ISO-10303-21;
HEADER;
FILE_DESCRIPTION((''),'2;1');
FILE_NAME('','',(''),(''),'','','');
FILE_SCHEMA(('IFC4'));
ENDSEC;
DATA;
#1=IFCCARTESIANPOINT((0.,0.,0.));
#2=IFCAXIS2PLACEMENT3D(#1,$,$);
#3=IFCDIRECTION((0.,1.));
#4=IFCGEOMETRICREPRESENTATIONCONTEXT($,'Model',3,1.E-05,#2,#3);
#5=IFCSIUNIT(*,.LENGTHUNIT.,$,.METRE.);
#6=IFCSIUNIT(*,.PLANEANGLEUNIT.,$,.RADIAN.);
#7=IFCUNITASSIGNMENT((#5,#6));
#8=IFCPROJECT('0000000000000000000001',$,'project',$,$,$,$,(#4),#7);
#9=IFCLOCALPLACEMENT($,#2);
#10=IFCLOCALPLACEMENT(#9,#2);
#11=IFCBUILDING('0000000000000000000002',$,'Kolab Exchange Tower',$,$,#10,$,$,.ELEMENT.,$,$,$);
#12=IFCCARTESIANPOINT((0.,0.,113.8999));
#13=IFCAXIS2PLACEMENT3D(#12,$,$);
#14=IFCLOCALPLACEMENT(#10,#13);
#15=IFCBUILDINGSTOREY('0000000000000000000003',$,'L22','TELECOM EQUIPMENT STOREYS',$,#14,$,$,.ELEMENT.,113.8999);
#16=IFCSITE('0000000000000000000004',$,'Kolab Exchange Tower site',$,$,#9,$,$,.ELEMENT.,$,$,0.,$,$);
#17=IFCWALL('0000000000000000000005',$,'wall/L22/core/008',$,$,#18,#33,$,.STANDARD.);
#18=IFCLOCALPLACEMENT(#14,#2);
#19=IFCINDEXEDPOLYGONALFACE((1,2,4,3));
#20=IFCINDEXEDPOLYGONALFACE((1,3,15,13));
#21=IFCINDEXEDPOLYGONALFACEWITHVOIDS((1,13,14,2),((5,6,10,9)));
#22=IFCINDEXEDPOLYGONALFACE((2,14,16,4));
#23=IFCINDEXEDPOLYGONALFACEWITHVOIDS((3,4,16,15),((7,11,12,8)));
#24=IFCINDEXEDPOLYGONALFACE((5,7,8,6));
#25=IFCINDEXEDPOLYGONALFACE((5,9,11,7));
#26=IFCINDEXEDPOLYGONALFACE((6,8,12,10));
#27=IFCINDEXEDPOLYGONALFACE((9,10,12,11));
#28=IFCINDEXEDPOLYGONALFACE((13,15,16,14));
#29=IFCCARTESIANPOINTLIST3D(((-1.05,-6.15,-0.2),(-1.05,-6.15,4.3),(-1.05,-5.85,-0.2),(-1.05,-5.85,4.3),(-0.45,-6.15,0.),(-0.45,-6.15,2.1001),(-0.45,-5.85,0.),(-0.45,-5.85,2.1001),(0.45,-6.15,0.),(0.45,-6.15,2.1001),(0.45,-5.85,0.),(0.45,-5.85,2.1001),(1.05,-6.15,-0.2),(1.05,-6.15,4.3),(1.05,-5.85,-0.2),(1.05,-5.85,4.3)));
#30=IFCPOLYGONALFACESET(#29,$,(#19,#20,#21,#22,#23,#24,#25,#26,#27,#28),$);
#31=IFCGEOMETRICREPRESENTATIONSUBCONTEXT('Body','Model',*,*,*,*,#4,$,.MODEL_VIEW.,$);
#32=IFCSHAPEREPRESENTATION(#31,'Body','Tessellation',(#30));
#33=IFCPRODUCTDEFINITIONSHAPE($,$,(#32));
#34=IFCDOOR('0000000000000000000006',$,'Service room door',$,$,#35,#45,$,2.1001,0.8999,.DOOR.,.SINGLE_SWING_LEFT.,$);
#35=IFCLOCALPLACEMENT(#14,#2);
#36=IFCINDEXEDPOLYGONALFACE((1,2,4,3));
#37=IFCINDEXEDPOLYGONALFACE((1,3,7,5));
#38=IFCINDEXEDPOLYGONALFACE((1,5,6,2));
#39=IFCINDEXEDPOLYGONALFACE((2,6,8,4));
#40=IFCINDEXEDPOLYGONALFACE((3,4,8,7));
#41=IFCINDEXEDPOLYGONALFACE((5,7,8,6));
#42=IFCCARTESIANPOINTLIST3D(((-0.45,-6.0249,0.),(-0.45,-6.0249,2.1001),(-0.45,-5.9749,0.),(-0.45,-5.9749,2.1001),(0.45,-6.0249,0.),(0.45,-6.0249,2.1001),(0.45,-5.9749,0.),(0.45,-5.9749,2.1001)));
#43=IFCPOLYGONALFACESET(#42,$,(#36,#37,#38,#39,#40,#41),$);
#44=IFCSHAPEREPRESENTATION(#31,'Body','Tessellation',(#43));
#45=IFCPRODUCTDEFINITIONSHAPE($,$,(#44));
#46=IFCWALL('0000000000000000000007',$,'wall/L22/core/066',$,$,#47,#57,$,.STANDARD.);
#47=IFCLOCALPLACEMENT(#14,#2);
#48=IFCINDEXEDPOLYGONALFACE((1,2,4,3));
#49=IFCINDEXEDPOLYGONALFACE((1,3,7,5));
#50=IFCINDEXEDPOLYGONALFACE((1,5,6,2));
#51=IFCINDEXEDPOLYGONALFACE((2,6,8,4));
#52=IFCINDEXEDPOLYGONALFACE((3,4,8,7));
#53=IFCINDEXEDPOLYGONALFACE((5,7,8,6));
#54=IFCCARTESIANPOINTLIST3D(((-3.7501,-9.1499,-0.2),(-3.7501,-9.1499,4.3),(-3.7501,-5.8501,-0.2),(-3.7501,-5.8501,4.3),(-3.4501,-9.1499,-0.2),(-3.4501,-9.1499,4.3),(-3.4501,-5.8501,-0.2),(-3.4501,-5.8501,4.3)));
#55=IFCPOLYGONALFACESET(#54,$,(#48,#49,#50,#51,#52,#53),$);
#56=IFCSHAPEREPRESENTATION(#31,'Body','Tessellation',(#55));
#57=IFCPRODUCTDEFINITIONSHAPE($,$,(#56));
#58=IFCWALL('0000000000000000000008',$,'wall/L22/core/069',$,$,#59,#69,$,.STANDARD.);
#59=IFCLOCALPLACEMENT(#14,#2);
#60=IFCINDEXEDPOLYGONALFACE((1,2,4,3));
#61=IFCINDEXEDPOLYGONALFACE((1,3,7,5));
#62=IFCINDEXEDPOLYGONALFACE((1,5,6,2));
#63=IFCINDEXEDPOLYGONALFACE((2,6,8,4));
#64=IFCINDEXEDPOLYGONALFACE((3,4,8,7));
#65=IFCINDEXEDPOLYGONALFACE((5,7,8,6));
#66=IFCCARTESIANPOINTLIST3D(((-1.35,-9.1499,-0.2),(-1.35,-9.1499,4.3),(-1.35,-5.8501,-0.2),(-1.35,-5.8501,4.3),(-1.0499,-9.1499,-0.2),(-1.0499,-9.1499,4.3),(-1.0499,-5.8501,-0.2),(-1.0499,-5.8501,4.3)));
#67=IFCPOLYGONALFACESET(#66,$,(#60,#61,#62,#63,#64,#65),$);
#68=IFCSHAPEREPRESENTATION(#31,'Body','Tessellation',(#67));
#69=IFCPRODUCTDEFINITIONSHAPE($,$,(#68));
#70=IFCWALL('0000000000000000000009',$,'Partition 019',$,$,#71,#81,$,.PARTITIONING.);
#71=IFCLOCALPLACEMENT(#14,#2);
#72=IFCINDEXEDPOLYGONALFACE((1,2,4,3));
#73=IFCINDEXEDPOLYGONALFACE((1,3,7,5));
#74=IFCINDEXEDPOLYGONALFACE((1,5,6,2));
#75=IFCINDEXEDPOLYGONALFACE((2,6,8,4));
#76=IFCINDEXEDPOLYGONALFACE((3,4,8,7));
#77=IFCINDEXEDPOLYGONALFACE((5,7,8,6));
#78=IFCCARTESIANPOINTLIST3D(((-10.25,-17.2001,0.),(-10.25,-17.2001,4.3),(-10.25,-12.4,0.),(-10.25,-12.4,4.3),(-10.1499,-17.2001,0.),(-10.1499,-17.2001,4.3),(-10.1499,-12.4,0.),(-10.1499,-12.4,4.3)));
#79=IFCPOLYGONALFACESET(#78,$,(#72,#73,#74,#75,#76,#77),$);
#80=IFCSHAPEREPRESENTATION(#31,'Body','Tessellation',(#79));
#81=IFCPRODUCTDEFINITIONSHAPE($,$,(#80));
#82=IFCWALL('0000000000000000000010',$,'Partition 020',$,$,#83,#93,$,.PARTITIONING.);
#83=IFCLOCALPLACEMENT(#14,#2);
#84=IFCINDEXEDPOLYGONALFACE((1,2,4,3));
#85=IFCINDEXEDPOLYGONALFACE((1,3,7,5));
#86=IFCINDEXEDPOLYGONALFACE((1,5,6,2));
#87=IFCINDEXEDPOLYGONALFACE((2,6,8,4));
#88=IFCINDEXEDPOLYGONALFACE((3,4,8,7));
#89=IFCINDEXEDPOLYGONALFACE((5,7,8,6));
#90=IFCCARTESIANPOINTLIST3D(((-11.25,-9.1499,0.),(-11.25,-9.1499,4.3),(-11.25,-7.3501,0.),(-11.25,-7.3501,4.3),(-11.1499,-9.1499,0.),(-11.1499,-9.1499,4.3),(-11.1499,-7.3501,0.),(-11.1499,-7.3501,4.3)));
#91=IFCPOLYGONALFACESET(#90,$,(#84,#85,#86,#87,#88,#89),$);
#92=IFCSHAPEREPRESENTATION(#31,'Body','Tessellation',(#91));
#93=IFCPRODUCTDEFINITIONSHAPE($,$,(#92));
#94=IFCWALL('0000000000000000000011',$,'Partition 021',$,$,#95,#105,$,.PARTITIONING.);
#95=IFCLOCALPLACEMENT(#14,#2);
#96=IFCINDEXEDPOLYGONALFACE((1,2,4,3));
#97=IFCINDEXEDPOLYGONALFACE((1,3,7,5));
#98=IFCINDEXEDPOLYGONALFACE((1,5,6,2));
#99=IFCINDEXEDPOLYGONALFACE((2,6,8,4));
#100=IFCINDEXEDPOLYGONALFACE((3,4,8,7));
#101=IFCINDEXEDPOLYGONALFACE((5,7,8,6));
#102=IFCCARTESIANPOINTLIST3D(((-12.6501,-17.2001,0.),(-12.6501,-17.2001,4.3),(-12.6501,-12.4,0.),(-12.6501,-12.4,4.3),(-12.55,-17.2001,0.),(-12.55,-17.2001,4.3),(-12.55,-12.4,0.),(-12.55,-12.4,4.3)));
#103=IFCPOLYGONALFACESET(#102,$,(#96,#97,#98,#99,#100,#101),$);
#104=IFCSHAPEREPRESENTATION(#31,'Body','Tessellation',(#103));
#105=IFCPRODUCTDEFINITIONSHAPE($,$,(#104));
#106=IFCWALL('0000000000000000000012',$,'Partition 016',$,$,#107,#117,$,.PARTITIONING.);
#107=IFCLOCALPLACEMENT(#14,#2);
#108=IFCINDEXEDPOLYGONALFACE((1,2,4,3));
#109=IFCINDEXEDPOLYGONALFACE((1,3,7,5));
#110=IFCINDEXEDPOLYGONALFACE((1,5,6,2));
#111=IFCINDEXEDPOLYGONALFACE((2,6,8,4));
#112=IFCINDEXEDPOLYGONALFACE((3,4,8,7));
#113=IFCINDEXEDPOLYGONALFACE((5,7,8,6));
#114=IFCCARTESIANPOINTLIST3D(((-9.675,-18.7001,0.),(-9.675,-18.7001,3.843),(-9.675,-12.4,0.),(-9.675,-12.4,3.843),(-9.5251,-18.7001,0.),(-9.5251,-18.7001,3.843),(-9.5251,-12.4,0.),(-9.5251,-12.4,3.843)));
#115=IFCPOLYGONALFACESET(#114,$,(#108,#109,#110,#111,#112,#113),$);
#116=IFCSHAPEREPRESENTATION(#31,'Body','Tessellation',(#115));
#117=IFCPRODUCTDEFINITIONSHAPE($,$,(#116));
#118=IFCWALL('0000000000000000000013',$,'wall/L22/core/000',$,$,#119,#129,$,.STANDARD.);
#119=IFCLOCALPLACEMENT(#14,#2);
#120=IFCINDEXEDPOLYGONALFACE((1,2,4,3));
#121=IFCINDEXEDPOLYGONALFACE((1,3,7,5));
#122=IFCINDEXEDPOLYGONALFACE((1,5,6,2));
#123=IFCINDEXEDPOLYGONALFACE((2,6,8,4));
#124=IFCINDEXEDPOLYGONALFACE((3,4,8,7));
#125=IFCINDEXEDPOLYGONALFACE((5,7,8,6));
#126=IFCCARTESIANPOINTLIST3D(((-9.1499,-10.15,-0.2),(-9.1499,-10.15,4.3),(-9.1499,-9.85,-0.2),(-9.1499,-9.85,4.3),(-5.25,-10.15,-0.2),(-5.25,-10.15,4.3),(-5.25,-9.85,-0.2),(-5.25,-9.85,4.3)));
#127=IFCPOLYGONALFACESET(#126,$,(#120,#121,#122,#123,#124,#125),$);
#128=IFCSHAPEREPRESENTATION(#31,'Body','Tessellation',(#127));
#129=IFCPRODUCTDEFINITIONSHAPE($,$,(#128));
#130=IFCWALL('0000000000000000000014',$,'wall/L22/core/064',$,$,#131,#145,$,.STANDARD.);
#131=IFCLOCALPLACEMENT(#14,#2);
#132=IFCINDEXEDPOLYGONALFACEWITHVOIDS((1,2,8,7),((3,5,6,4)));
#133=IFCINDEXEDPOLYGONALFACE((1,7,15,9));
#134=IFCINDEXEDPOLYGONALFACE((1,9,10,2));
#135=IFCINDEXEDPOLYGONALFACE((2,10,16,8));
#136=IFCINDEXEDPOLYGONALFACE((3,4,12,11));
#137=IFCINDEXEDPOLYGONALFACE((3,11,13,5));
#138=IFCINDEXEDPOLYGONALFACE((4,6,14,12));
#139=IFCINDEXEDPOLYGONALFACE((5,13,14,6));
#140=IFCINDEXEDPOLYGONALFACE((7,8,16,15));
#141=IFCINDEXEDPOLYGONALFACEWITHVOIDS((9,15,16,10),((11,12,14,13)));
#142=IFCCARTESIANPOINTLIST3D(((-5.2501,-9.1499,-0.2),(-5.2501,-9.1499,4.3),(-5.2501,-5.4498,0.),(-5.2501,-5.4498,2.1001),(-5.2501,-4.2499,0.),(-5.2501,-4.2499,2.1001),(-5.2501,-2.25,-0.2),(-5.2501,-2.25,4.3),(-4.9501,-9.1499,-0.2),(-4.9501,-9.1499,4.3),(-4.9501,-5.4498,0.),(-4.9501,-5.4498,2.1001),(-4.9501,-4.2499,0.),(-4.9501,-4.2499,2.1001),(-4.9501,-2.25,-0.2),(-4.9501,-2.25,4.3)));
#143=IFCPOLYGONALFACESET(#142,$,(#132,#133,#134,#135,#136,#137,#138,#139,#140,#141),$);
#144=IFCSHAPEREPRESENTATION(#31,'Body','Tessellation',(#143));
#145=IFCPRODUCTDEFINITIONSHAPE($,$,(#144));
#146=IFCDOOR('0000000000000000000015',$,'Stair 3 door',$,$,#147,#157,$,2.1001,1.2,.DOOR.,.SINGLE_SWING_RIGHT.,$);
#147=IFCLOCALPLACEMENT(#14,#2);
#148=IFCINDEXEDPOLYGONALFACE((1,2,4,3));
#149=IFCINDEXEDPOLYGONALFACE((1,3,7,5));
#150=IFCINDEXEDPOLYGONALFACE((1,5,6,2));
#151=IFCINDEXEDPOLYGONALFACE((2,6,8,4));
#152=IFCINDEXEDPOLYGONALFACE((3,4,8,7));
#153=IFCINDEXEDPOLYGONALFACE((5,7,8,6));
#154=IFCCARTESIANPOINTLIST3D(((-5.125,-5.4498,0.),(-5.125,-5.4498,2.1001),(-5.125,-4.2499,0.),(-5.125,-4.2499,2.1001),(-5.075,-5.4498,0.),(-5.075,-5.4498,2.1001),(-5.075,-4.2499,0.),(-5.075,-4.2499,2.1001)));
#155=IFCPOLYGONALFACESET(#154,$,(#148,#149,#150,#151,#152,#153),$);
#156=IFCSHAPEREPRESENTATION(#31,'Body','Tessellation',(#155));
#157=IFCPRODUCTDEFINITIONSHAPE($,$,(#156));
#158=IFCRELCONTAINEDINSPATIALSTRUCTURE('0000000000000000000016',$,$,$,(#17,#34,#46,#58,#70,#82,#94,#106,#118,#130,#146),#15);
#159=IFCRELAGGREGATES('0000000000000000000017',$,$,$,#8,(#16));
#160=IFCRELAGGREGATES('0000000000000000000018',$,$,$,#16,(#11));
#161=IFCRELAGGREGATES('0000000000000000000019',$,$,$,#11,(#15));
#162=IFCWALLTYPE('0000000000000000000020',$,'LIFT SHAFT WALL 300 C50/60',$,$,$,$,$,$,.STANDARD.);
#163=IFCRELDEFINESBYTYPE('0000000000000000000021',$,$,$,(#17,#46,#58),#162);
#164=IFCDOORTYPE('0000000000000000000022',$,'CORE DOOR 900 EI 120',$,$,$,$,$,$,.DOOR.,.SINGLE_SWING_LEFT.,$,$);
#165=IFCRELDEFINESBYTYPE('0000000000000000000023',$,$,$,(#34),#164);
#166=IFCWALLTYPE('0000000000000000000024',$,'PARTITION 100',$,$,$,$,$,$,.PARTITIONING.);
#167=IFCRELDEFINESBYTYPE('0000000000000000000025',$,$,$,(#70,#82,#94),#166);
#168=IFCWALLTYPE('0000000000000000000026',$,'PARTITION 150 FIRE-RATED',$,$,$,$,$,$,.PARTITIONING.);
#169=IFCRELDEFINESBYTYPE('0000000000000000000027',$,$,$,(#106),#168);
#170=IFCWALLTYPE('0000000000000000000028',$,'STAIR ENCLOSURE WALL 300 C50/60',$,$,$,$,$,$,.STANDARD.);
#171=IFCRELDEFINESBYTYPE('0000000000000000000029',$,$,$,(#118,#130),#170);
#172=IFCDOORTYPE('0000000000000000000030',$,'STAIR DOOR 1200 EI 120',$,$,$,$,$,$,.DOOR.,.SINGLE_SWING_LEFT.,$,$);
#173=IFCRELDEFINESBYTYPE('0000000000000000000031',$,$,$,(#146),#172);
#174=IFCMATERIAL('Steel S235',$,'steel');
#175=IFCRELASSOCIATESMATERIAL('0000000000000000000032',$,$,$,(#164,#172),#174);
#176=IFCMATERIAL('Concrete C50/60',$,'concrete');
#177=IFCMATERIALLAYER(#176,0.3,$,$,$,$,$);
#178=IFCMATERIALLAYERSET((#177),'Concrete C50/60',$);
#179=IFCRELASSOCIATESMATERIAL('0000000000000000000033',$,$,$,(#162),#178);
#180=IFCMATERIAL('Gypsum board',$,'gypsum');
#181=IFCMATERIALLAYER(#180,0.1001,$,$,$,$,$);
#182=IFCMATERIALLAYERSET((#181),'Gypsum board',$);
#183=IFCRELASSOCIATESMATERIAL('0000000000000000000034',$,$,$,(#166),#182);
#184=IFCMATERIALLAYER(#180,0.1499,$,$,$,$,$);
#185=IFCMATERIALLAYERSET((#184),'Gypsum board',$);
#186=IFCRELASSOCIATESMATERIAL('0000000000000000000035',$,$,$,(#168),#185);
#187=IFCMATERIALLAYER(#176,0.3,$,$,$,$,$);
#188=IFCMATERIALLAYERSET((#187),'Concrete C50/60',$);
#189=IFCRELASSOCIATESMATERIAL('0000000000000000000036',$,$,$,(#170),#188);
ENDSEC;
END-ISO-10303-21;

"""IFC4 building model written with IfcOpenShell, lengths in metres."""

from ifc_helpers import new_model, si_unit, direction, frame, frame_2d, origin, place, context, subcontext, project, spatial, rectangle, extrude, material, layer, layer_set, type_object, element, fill, save


model = new_model("IFC4")

# Units and contexts
model_context = context("Model", 3, precision=1e-05, world=origin(), true_north=direction((0.0, 1.0)))
body_context = subcontext(model_context, "Body", "Model", "MODEL_VIEW")
ifc_project = project(units=[si_unit("LENGTHUNIT", "METRE"), si_unit("PLANEANGLEUNIT", "RADIAN")], contexts=[model_context])

# Site, building, storey
site_placement = place(None, origin())
site = spatial("IfcSite", under=ifc_project, at=site_placement, Name="Kolab Exchange Tower site", CompositionType="ELEMENT", RefElevation=0.0)
building_placement = place(site_placement, origin())
building = spatial("IfcBuilding", under=site, at=building_placement, Name="Kolab Exchange Tower", CompositionType="ELEMENT")
storey_placement = place(building_placement, frame((0.0, 0.0, 113.8999)))
storey = spatial("IfcBuildingStorey", under=building, at=storey_placement, Name="L22", Description="TELECOM EQUIPMENT STOREYS", CompositionType="ELEMENT", Elevation=113.8999)

# Shared definitions
ifc_material_1 = material(Name="Steel S235", Category="steel")
door_type_1 = type_object("IfcDoorType", Name="CORE DOOR 900 EI 120", OperationType="SINGLE_SWING_LEFT", PredefinedType="DOOR", material=ifc_material_1)

# Shared definitions
ifc_material_2 = material(Name="Concrete C50/60", Category="concrete")
ifc_layer_1 = layer(ifc_material_2, 0.3)
ifc_layer_set_1 = layer_set([ifc_layer_1], Name="Concrete C50/60")
wall_type_1 = type_object("IfcWallType", Name="LIFT SHAFT WALL 300 C50/60", PredefinedType="STANDARD", material=ifc_layer_set_1)

# Wall, opening, door
wall_1_placement = place(storey_placement, frame((-1.05, -6.0, -0.2), z_axis=(0.0, 0.0, 1.0), x_axis=(1.0, 0.0, 0.0)))
wall_1 = element("IfcWall", 1, at=wall_1_placement, inside=storey, type_object=wall_type_1, Name="wall/L22/core/008", PredefinedType="STANDARD", context=body_context, shape_type="SweptSolid", body=[
    extrude(rectangle(XDim=2.1001, YDim=0.3, at=frame_2d((1.05, 0.0))), origin(), (0.0, 0.0, 1.0), 4.5),
])
opening_1_placement = place(wall_1_placement, frame((0.6001, 0.0, 0.2)))
opening_1 = element("IfcOpeningElement", 2, at=opening_1_placement, cuts=wall_1, PredefinedType="OPENING", context=body_context, shape_type="SweptSolid", body=[
    extrude(rectangle(XDim=0.8999, YDim=2.1001, at=frame_2d((0.45, 1.05))), frame((0.0, 0.1602, 0.0), z_axis=(0.0, -1.0, 0.0), x_axis=(1.0, 0.0, 0.0)), (0.0, 0.0, 1.0), 0.3201),
])
door_1_placement = place(opening_1_placement, frame((0.8999, 0.0, 0.0), z_axis=(0.0, 0.0, 1.0), x_axis=(-1.0, 0.0, 0.0)))
door_1 = element("IfcDoor", 3, at=door_1_placement, inside=storey, type_object=door_type_1, Name="Service room door", OperationType="SINGLE_SWING_LEFT", OverallHeight=2.1001, OverallWidth=0.8999, PredefinedType="DOOR", context=body_context, shape_type="SweptSolid", body=[
    extrude(rectangle(XDim=0.8999, YDim=2.1001, at=frame_2d((0.45, 1.05))), frame((0.0, 0.0249, 0.0), z_axis=(0.0, -1.0, 0.0), x_axis=(1.0, 0.0, 0.0)), (0.0, 0.0, 1.0), 0.05),
])
fill(opening_1, door_1)

# Walls
for number, where, z_axis, x_axis, name in (
    (4, (-3.6001, -9.1499, -0.2), (0.0, 0.0, 1.0), (0.0, 1.0, 0.0), "wall/L22/core/066"),
    (5, (-1.2, -9.1499, -0.2), (0.0, 0.0, 1.0), (0.0, 1.0, 0.0), "wall/L22/core/069"),
):
    element("IfcWall", number, at=place(storey_placement, frame(where, z_axis=z_axis, x_axis=x_axis)), inside=storey, type_object=wall_type_1, Name=name, PredefinedType="STANDARD", context=body_context, shape_type="SweptSolid", body=[
        extrude(rectangle(XDim=3.2998, YDim=0.3, at=frame_2d((1.6499, 0.0))), origin(), (0.0, 0.0, 1.0), 4.5),
    ])
ifc_material_3 = material(Name="Gypsum board", Category="gypsum")
ifc_layer_2 = layer(ifc_material_3, 0.1001)
ifc_layer_set_2 = layer_set([ifc_layer_2], Name="Gypsum board")
wall_type_2 = type_object("IfcWallType", Name="PARTITION 100", PredefinedType="PARTITIONING", material=ifc_layer_set_2)
wall_2_placement = place(storey_placement, frame((-10.2, -17.2, 0.0), z_axis=(0.0, 0.0, 1.0), x_axis=(0.0, 1.0, 0.0)))
element("IfcWall", 6, at=wall_2_placement, inside=storey, type_object=wall_type_2, Name="Partition 019", PredefinedType="PARTITIONING", context=body_context, shape_type="SweptSolid", body=[
    extrude(rectangle(XDim=4.8, YDim=0.1001, at=frame_2d((2.3999, 0.0))), origin(), (0.0, 0.0, 1.0), 4.3),
])
wall_3_placement = place(storey_placement, frame((-11.2, -9.1499, 0.0), z_axis=(0.0, 0.0, 1.0), x_axis=(0.0, 1.0, 0.0)))
element("IfcWall", 7, at=wall_3_placement, inside=storey, type_object=wall_type_2, Name="Partition 020", PredefinedType="PARTITIONING", context=body_context, shape_type="SweptSolid", body=[
    extrude(rectangle(XDim=1.7998, YDim=0.1001, at=frame_2d((0.8999, 0.0))), origin(), (0.0, 0.0, 1.0), 4.3),
])
wall_4_placement = place(storey_placement, frame((-12.6001, -17.2, 0.0), z_axis=(0.0, 0.0, 1.0), x_axis=(0.0, 1.0, 0.0)))
element("IfcWall", 8, at=wall_4_placement, inside=storey, type_object=wall_type_2, Name="Partition 021", PredefinedType="PARTITIONING", context=body_context, shape_type="SweptSolid", body=[
    extrude(rectangle(XDim=4.8, YDim=0.1001, at=frame_2d((2.3999, 0.0))), origin(), (0.0, 0.0, 1.0), 4.3),
])
ifc_layer_3 = layer(ifc_material_3, 0.1499)
ifc_layer_set_3 = layer_set([ifc_layer_3], Name="Gypsum board")
wall_type_3 = type_object("IfcWallType", Name="PARTITION 150 FIRE-RATED", PredefinedType="PARTITIONING", material=ifc_layer_set_3)
wall_5_placement = place(storey_placement, frame((-9.6001, -18.7, 0.0), z_axis=(0.0, 0.0, 1.0), x_axis=(0.0, 1.0, 0.0)))
element("IfcWall", 9, at=wall_5_placement, inside=storey, type_object=wall_type_3, Name="Partition 016", PredefinedType="PARTITIONING", context=body_context, shape_type="SweptSolid", body=[
    extrude(rectangle(XDim=6.3, YDim=0.1499, at=frame_2d((3.1499, 0.0))), origin(), (0.0, 0.0, 1.0), 3.843),
])
ifc_layer_4 = layer(ifc_material_2, 0.3)
ifc_layer_set_4 = layer_set([ifc_layer_4], Name="Concrete C50/60")
wall_type_4 = type_object("IfcWallType", Name="STAIR ENCLOSURE WALL 300 C50/60", PredefinedType="STANDARD", material=ifc_layer_set_4)
wall_6_placement = place(storey_placement, frame((-9.1499, -10.0, -0.2), z_axis=(0.0, 0.0, 1.0), x_axis=(1.0, 0.0, 0.0)))
element("IfcWall", 10, at=wall_6_placement, inside=storey, type_object=wall_type_4, Name="wall/L22/core/000", PredefinedType="STANDARD", context=body_context, shape_type="SweptSolid", body=[
    extrude(rectangle(XDim=3.8999, YDim=0.3, at=frame_2d((1.95, 0.0))), origin(), (0.0, 0.0, 1.0), 4.5),
])

# Wall, opening, door
wall_7_placement = place(storey_placement, frame((-5.1001, -9.1499, -0.2), z_axis=(0.0, 0.0, 1.0), x_axis=(0.0, 1.0, 0.0)))
wall_7 = element("IfcWall", 11, at=wall_7_placement, inside=storey, type_object=wall_type_4, Name="wall/L22/core/064", PredefinedType="STANDARD", context=body_context, shape_type="SweptSolid", body=[
    extrude(rectangle(XDim=6.8999, YDim=0.3, at=frame_2d((3.45, 0.0))), origin(), (0.0, 0.0, 1.0), 4.5),
])
opening_2_placement = place(wall_7_placement, frame((3.7, 0.0, 0.2)))
opening_2 = element("IfcOpeningElement", 12, at=opening_2_placement, cuts=wall_7, PredefinedType="OPENING", context=body_context, shape_type="SweptSolid", body=[
    extrude(rectangle(XDim=1.2, YDim=2.1001, at=frame_2d((0.6001, 1.05))), frame((0.0, 0.1602, 0.0), z_axis=(0.0, -1.0, 0.0), x_axis=(1.0, 0.0, 0.0)), (0.0, 0.0, 1.0), 0.3201),
])
door_type_2 = type_object("IfcDoorType", Name="STAIR DOOR 1200 EI 120", OperationType="SINGLE_SWING_LEFT", PredefinedType="DOOR", material=ifc_material_1)
door_2_placement = place(opening_2_placement, origin())
door_2 = element("IfcDoor", 13, at=door_2_placement, inside=storey, type_object=door_type_2, Name="Stair 3 door", OperationType="SINGLE_SWING_RIGHT", OverallHeight=2.1001, OverallWidth=1.2, PredefinedType="DOOR", context=body_context, shape_type="SweptSolid", body=[
    extrude(rectangle(XDim=1.2, YDim=2.1001, at=frame_2d((0.6001, 1.05))), frame((0.0, 0.0249, 0.0), z_axis=(0.0, -1.0, 0.0), x_axis=(1.0, 0.0, 0.0)), (0.0, 0.0, 1.0), 0.05),
])
fill(opening_2, door_2)

save(model, "model.ifc")
